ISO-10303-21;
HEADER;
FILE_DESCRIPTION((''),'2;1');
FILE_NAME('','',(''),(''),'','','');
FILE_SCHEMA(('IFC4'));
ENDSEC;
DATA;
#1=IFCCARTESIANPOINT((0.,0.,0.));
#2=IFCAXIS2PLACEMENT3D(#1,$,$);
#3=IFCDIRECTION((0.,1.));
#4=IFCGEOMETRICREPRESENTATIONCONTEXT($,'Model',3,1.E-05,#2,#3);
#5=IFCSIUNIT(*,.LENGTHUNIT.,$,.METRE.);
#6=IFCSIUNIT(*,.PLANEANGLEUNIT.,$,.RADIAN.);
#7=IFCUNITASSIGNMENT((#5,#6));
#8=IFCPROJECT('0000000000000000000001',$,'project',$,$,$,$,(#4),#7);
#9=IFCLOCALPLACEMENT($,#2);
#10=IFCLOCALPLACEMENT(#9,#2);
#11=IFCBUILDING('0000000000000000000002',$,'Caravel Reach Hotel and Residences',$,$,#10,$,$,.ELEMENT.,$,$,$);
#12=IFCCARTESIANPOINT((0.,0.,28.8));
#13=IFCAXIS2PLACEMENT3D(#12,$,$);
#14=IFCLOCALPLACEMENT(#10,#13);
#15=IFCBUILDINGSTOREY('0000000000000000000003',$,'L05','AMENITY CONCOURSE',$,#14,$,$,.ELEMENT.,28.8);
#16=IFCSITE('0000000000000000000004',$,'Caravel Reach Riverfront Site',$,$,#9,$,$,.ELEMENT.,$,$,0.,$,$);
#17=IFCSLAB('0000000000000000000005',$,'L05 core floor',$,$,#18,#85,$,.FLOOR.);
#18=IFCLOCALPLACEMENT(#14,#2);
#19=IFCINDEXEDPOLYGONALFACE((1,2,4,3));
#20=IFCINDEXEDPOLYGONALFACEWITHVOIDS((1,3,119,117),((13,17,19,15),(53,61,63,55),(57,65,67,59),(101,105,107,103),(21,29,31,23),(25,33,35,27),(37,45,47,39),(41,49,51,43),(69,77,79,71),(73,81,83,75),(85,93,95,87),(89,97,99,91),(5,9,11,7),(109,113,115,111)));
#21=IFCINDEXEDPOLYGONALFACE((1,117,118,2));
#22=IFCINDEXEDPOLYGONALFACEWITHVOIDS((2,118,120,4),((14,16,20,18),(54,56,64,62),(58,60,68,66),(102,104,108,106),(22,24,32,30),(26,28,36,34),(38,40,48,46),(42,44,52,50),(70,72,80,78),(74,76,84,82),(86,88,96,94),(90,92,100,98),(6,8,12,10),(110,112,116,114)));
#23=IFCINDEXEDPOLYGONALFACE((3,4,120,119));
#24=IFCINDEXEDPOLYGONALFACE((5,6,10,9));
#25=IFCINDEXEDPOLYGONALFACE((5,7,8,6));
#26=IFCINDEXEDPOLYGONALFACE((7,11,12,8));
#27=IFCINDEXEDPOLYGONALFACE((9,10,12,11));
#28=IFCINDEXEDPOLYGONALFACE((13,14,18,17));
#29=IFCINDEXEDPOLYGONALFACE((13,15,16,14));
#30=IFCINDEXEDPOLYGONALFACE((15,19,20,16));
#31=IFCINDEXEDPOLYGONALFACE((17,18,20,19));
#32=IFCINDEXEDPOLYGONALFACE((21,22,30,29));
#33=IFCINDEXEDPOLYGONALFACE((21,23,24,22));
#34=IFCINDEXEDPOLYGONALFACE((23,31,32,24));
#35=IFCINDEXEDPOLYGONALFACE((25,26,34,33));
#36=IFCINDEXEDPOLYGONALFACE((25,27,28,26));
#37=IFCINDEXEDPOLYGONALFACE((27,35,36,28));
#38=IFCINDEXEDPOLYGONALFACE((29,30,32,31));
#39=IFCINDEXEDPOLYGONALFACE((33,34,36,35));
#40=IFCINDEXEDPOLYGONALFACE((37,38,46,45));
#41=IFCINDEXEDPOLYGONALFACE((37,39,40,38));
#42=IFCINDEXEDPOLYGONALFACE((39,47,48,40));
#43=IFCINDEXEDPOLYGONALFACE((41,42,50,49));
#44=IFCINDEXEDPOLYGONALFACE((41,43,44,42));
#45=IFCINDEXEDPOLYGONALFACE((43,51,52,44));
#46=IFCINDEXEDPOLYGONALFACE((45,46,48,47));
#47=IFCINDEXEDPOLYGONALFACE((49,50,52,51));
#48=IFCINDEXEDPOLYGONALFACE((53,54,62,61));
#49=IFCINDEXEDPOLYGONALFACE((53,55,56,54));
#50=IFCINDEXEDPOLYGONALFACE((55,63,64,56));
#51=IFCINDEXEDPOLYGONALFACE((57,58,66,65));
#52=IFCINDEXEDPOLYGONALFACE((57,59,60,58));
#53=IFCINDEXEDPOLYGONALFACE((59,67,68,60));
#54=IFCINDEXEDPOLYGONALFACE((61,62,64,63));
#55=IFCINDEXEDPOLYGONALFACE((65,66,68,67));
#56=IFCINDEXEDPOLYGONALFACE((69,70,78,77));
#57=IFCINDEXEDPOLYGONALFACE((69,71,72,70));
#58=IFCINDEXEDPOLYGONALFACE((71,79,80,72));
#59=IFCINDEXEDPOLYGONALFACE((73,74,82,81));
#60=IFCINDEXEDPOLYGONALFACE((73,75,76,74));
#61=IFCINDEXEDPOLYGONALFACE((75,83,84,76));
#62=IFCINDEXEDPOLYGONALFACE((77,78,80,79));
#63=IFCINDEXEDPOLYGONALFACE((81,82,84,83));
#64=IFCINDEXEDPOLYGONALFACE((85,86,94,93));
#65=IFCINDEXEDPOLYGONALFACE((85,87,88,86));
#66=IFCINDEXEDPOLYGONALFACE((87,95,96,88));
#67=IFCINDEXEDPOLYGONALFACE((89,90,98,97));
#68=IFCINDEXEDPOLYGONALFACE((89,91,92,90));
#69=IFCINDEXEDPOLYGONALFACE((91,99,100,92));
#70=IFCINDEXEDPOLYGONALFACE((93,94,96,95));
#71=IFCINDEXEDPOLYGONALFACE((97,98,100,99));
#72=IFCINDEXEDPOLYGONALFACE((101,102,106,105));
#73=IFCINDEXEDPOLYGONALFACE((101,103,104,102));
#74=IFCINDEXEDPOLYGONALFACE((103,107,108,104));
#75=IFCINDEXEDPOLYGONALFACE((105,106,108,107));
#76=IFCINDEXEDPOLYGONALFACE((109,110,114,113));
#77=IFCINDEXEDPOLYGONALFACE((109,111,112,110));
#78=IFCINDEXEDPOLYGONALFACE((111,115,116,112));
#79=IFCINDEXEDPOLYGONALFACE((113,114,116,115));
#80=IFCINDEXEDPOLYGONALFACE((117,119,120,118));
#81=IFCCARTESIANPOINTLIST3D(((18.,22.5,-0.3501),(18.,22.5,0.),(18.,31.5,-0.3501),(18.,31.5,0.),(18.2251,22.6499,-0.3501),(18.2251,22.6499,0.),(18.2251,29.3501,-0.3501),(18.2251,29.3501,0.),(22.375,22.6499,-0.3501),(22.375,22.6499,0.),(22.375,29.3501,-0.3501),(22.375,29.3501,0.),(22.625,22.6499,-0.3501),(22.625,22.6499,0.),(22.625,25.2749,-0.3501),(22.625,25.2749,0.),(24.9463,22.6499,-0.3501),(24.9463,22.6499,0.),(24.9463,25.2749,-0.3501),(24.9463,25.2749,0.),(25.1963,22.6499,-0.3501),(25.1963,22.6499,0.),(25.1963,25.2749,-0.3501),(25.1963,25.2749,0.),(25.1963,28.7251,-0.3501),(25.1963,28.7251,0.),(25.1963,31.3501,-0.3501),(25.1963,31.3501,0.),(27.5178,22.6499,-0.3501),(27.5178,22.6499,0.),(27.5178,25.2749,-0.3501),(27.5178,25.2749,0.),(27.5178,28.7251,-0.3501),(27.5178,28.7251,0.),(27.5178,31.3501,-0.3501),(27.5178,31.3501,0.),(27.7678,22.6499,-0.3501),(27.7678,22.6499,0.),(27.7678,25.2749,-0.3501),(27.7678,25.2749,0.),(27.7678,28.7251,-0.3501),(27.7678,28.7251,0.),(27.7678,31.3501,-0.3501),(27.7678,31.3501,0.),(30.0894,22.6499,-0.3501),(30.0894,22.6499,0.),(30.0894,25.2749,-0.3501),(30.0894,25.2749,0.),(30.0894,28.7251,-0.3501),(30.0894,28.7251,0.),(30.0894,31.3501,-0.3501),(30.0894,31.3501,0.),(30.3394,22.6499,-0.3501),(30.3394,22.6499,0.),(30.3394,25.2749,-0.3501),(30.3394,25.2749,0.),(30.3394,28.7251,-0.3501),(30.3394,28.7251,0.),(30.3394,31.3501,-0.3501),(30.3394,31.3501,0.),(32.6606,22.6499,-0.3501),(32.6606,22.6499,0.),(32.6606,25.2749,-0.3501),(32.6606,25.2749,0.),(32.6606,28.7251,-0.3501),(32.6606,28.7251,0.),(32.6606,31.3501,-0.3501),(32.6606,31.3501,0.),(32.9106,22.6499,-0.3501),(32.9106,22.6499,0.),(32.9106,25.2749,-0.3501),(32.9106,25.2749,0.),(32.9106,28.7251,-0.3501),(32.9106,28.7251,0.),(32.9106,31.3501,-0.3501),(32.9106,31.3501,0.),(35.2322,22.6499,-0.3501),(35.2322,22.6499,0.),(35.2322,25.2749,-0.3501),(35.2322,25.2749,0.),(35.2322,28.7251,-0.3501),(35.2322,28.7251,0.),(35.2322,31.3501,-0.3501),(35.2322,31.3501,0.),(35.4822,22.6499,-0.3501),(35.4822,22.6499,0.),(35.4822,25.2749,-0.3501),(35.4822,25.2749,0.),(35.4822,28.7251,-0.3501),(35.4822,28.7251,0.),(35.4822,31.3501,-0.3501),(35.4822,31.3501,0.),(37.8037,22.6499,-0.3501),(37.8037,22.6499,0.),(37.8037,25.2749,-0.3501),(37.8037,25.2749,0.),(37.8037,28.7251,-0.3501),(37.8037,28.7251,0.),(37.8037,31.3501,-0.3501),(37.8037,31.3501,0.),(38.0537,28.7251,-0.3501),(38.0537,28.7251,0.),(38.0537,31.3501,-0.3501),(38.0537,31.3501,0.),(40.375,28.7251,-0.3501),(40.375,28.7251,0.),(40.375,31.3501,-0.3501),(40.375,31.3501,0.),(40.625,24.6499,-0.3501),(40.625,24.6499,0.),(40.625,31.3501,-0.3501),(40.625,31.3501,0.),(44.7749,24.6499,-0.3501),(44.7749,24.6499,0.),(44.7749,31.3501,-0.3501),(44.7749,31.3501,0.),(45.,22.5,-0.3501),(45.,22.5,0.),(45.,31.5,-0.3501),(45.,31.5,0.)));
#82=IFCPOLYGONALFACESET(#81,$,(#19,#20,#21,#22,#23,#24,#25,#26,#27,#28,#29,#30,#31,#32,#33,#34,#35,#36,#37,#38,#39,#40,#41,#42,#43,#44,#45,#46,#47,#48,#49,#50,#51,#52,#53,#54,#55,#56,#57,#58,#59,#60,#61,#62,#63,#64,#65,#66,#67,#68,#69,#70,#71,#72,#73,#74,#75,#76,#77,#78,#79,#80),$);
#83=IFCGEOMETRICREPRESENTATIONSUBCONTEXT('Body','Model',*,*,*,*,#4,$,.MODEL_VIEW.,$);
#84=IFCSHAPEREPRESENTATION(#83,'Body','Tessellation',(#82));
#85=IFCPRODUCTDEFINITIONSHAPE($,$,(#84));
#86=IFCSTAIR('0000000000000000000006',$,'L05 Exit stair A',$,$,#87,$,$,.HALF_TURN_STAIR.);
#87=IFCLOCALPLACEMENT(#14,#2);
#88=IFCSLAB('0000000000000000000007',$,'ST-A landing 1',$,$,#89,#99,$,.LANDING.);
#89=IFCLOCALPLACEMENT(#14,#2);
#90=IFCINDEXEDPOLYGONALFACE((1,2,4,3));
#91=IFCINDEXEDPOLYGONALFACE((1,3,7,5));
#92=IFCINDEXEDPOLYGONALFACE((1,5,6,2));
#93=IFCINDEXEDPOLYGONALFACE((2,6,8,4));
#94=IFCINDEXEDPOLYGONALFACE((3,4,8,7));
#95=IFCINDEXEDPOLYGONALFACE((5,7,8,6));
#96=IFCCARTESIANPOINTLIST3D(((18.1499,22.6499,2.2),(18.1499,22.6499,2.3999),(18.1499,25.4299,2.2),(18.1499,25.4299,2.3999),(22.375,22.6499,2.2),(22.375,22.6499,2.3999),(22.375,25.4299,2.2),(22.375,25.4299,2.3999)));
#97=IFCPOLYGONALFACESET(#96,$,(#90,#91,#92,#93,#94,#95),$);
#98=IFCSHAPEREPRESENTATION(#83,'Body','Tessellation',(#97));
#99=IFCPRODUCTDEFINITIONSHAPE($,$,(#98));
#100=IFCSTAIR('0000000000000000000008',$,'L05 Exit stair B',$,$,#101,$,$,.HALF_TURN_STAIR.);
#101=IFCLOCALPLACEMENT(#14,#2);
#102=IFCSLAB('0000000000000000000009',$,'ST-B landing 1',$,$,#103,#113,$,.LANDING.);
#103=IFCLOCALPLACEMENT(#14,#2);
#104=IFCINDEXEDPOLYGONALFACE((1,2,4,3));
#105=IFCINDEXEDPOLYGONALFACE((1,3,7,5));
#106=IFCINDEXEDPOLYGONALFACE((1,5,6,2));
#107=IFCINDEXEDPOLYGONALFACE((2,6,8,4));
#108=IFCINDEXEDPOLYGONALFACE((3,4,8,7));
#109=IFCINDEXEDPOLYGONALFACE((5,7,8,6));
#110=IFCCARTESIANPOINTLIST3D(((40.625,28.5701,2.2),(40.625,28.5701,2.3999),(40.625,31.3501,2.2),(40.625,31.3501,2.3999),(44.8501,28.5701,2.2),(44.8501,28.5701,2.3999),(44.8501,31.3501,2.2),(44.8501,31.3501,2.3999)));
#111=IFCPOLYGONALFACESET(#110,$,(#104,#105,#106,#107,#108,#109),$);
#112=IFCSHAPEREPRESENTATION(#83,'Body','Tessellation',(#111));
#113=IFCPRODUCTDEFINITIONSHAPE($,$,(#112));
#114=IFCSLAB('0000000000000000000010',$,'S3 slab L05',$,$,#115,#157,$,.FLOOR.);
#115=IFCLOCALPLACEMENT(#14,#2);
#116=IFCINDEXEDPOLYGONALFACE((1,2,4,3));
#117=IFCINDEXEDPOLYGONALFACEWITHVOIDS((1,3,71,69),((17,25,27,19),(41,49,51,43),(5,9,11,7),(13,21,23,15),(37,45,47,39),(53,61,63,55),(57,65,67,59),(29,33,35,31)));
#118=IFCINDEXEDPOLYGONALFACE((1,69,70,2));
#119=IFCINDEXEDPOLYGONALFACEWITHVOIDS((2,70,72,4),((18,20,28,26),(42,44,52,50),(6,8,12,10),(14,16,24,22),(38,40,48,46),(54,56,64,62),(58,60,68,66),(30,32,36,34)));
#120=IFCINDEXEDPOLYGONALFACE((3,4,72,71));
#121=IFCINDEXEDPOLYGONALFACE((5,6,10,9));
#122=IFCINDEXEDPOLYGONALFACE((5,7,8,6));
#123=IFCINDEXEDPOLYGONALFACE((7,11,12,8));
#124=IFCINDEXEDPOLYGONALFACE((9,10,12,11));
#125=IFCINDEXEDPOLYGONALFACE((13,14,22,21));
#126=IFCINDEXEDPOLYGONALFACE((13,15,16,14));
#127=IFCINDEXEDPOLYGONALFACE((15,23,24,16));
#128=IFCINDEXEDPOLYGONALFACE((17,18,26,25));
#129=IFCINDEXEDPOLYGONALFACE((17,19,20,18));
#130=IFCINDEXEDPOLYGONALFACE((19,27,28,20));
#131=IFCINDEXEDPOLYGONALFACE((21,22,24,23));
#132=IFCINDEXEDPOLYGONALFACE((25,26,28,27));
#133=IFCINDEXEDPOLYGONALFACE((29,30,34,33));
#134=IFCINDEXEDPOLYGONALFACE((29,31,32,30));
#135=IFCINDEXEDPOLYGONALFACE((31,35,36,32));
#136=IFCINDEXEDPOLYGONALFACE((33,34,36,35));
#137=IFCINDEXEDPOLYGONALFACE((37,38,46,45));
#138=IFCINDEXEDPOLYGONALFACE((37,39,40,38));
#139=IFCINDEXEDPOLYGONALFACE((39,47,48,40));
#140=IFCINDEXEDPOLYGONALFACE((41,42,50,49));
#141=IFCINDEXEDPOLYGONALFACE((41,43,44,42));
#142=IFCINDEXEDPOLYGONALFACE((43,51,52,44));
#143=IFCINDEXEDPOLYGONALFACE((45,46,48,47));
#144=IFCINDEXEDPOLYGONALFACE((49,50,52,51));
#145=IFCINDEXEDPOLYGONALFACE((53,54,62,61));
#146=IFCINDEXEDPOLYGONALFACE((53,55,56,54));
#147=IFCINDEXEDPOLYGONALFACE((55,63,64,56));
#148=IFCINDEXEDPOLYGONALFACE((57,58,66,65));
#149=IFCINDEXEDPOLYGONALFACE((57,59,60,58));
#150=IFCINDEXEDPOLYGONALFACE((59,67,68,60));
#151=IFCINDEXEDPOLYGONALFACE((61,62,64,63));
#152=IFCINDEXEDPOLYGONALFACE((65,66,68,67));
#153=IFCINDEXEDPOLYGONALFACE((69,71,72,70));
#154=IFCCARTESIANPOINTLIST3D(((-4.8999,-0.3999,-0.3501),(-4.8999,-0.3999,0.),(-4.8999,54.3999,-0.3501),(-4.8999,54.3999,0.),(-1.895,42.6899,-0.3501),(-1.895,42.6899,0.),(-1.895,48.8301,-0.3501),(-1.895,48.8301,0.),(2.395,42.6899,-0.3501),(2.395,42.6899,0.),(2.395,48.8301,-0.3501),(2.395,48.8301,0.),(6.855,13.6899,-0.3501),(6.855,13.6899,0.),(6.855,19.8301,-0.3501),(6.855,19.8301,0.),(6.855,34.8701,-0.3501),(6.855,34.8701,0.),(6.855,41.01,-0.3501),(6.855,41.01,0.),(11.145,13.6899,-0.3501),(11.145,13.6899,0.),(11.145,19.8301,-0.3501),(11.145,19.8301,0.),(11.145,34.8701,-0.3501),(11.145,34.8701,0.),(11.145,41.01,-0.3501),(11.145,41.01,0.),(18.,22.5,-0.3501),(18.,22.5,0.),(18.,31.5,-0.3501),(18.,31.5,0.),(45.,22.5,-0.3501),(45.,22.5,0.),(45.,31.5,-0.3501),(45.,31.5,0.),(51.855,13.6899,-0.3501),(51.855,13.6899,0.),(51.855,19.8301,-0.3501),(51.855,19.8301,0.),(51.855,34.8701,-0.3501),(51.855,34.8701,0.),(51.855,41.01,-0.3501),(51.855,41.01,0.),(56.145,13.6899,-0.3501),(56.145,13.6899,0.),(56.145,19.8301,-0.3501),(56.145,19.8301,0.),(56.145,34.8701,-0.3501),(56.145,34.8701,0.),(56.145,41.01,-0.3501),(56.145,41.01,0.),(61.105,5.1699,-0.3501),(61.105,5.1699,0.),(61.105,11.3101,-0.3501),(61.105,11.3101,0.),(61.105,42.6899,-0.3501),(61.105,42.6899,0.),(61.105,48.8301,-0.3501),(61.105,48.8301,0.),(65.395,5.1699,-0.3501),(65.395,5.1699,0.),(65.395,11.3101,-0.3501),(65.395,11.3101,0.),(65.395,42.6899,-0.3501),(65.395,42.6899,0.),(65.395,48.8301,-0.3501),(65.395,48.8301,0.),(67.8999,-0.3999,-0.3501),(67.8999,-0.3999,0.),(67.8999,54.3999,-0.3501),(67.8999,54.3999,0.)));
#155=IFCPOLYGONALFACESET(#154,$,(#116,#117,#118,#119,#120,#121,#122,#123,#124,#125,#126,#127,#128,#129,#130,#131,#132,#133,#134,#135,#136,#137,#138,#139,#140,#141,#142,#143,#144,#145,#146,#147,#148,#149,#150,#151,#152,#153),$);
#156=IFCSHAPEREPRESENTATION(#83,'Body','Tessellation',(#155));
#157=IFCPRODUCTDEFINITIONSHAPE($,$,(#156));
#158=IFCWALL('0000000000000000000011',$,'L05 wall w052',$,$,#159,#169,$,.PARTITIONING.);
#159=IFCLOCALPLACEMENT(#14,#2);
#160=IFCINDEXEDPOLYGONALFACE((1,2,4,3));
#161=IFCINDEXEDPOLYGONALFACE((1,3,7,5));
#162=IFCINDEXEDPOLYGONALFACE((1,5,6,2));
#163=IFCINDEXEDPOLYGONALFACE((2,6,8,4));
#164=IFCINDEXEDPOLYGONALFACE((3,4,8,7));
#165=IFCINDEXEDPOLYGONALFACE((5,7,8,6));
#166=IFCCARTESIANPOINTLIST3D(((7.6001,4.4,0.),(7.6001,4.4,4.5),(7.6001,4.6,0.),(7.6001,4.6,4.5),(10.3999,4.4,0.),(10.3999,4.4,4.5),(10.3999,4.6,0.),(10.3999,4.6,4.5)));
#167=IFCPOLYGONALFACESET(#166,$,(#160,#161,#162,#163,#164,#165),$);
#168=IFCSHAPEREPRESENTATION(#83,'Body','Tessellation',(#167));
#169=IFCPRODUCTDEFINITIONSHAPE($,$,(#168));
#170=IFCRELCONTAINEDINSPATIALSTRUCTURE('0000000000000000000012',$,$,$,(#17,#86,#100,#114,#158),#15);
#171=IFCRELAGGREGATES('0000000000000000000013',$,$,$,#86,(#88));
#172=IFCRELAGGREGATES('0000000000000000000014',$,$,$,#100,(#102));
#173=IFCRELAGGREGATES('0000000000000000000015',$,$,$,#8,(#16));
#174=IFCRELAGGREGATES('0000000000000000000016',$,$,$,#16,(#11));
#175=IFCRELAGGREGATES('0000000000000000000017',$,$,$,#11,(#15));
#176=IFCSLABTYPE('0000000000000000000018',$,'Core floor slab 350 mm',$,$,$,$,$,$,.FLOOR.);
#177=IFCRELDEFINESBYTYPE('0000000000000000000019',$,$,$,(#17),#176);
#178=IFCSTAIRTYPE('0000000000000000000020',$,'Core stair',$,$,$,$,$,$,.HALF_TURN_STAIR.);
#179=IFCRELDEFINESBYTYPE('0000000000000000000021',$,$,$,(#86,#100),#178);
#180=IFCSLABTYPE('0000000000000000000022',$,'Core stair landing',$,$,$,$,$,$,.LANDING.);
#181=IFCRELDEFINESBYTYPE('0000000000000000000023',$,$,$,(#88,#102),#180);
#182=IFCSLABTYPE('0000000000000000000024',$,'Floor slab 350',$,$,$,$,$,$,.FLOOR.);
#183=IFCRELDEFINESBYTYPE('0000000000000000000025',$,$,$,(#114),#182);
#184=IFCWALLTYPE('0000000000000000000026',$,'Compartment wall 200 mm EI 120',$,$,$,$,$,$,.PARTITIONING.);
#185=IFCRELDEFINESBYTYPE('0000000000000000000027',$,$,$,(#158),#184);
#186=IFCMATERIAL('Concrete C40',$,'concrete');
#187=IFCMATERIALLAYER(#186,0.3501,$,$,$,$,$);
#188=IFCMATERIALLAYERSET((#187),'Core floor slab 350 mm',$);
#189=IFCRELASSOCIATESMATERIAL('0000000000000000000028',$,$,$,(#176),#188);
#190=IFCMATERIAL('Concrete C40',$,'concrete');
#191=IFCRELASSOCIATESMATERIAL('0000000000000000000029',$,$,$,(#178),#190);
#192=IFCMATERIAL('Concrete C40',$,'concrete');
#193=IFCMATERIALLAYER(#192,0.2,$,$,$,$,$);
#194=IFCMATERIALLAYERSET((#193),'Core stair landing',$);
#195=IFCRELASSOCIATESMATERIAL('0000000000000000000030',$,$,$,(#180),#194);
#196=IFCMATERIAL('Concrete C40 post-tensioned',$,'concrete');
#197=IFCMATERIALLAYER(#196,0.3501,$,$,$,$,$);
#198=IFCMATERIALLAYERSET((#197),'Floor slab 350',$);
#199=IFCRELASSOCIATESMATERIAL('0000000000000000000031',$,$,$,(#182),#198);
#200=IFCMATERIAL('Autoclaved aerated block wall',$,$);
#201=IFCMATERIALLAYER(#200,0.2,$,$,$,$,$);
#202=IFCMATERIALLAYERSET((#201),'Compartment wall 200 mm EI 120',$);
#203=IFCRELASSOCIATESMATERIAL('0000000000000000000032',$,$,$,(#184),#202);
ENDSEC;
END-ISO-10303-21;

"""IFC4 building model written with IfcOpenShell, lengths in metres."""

from ifc_helpers import new_model, si_unit, direction, frame, frame_2d, origin, place, context, subcontext, project, spatial, polyline, rectangle, outline, extrude, material, layer, layer_set, type_object, element, aggregate, save


model = new_model("IFC4")

# Units and contexts
model_context = context("Model", 3, precision=1e-05, world=origin(), true_north=direction((0.0, 1.0)))
body_context = subcontext(model_context, "Body", "Model", "MODEL_VIEW")
ifc_project = project(units=[si_unit("LENGTHUNIT", "METRE"), si_unit("PLANEANGLEUNIT", "RADIAN")], contexts=[model_context])

# Site, building, storey
site_placement = place(None, origin())
site = spatial("IfcSite", under=ifc_project, at=site_placement, Name="Caravel Reach Riverfront Site", CompositionType="ELEMENT", RefElevation=0.0)
building_placement = place(site_placement, origin())
building = spatial("IfcBuilding", under=site, at=building_placement, Name="Caravel Reach Hotel and Residences", CompositionType="ELEMENT")
storey_placement = place(building_placement, frame((0.0, 0.0, 28.8)))
storey = spatial("IfcBuildingStorey", under=building, at=storey_placement, Name="L05", Description="AMENITY CONCOURSE", CompositionType="ELEMENT", Elevation=28.8)

# Slab
ifc_material_1 = material(Name="Concrete C40", Category="concrete")
ifc_layer_1 = layer(ifc_material_1, 0.3501)
ifc_layer_set_1 = layer_set([ifc_layer_1], Name="Core floor slab 350 mm")
slab_type_1 = type_object("IfcSlabType", Name="Core floor slab 350 mm", PredefinedType="FLOOR", material=ifc_layer_set_1)
slab_1_placement = place(storey_placement, frame((0.0, 0.0, -0.3501)))
element("IfcSlab", 1, at=slab_1_placement, inside=storey, type_object=slab_type_1, Name="L05 core floor", PredefinedType="FLOOR", context=body_context, shape_type="SweptSolid", body=[
    extrude(outline(polyline([(18.0, 31.5), (45.0, 31.5), (45.0, 22.5), (18.0, 22.5), (18.0, 31.5)]), holes=[polyline([(22.625, 25.2749), (22.625, 22.6499), (24.9463, 22.6499), (24.9463, 25.2749), (22.625, 25.2749)]), polyline([(27.5178, 25.2749), (25.1963, 25.2749), (25.1963, 22.6499), (27.5178, 22.6499), (27.5178, 25.2749)]), polyline([(30.0894, 25.2749), (27.7678, 25.2749), (27.7678, 22.6499), (30.0894, 22.6499), (30.0894, 25.2749)]), polyline([(32.6606, 25.2749), (30.3394, 25.2749), (30.3394, 22.6499), (32.6606, 22.6499), (32.6606, 25.2749)]), polyline([(18.2251, 22.6499), (22.375, 22.6499), (22.375, 29.3501), (18.2251, 29.3501), (18.2251, 22.6499)]), polyline([(27.5178, 31.3501), (25.1963, 31.3501), (25.1963, 28.7251), (27.5178, 28.7251), (27.5178, 31.3501)]), polyline([(30.0894, 31.3501), (27.7678, 31.3501), (27.7678, 28.7251), (30.0894, 28.7251), (30.0894, 31.3501)]), polyline([(32.9106, 25.2749), (32.9106, 22.6499), (35.2322, 22.6499), (35.2322, 25.2749), (32.9106, 25.2749)]), polyline([(37.8037, 25.2749), (35.4822, 25.2749), (35.4822, 22.6499), (37.8037, 22.6499), (37.8037, 25.2749)]), polyline([(44.7749, 31.3501), (40.625, 31.3501), (40.625, 24.6499), (44.7749, 24.6499), (44.7749, 31.3501)]), polyline([(32.6606, 31.3501), (30.3394, 31.3501), (30.3394, 28.7251), (32.6606, 28.7251), (32.6606, 31.3501)]), polyline([(35.2322, 31.3501), (32.9106, 31.3501), (32.9106, 28.7251), (35.2322, 28.7251), (35.2322, 31.3501)]), polyline([(37.8037, 31.3501), (35.4822, 31.3501), (35.4822, 28.7251), (37.8037, 28.7251), (37.8037, 31.3501)]), polyline([(40.375, 31.3501), (38.0537, 31.3501), (38.0537, 28.7251), (40.375, 28.7251), (40.375, 31.3501)])]), origin(), (0.0, 0.0, 1.0), 0.3501),
])

# Stairs, slabs
ifc_material_2 = material(Name="Concrete C40", Category="concrete")
stair_type = type_object("IfcStairType", Name="Core stair", PredefinedType="HALF_TURN_STAIR", material=ifc_material_2)
stair_1_placement = place(storey_placement, origin())
stair_1 = element("IfcStair", 2, at=stair_1_placement, inside=storey, type_object=stair_type, Name="L05 Exit stair A", PredefinedType="HALF_TURN_STAIR")
ifc_material_3 = material(Name="Concrete C40", Category="concrete")
ifc_layer_2 = layer(ifc_material_3, 0.2)
ifc_layer_set_2 = layer_set([ifc_layer_2], Name="Core stair landing")
slab_type_2 = type_object("IfcSlabType", Name="Core stair landing", PredefinedType="LANDING", material=ifc_layer_set_2)
slab_2_placement = place(storey_placement, frame((0.0, 0.0, 2.2)))
slab_2 = element("IfcSlab", 3, at=slab_2_placement, type_object=slab_type_2, Name="ST-A landing 1", PredefinedType="LANDING", context=body_context, shape_type="SweptSolid", body=[
    extrude(outline(polyline([(18.1499, 25.4299), (18.1499, 22.6499), (22.375, 22.6499), (22.375, 25.4299), (18.1499, 25.4299)])), origin(), (0.0, 0.0, 1.0), 0.2),
])
aggregate(stair_1, [slab_2])
stair_2_placement = place(storey_placement, origin())
stair_2 = element("IfcStair", 4, at=stair_2_placement, inside=storey, type_object=stair_type, Name="L05 Exit stair B", PredefinedType="HALF_TURN_STAIR")
slab_3_placement = place(storey_placement, frame((0.0, 0.0, 2.2)))
slab_3 = element("IfcSlab", 5, at=slab_3_placement, type_object=slab_type_2, Name="ST-B landing 1", PredefinedType="LANDING", context=body_context, shape_type="SweptSolid", body=[
    extrude(outline(polyline([(44.8501, 28.5701), (44.8501, 31.3501), (40.625, 31.3501), (40.625, 28.5701), (44.8501, 28.5701)])), origin(), (0.0, 0.0, 1.0), 0.2),
])
aggregate(stair_2, [slab_3])

# Slab
ifc_material_4 = material(Name="Concrete C40 post-tensioned", Category="concrete")
ifc_layer_3 = layer(ifc_material_4, 0.3501)
ifc_layer_set_3 = layer_set([ifc_layer_3], Name="Floor slab 350")
slab_type_3 = type_object("IfcSlabType", Name="Floor slab 350", PredefinedType="FLOOR", material=ifc_layer_set_3)
slab_4_placement = place(storey_placement, frame((0.0, 0.0, -0.3501)))
element("IfcSlab", 6, at=slab_4_placement, inside=storey, type_object=slab_type_3, Name="S3 slab L05", PredefinedType="FLOOR", context=body_context, shape_type="SweptSolid", body=[
    extrude(outline(polyline([(-4.8999, -0.3999), (-4.8999, 54.3999), (67.8999, 54.3999), (67.8999, -0.3999), (-4.8999, -0.3999)]), holes=[polyline([(45.0, 22.5), (45.0, 31.5), (18.0, 31.5), (18.0, 22.5), (45.0, 22.5)]), polyline([(11.145, 41.01), (6.855, 41.01), (6.855, 34.8701), (11.145, 34.8701), (11.145, 41.01)]), polyline([(56.145, 34.8701), (56.145, 41.01), (51.855, 41.01), (51.855, 34.8701), (56.145, 34.8701)]), polyline([(11.145, 19.8301), (6.855, 19.8301), (6.855, 13.6899), (11.145, 13.6899), (11.145, 19.8301)]), polyline([(56.145, 13.6899), (56.145, 19.8301), (51.855, 19.8301), (51.855, 13.6899), (56.145, 13.6899)]), polyline([(-1.895, 42.6899), (2.395, 42.6899), (2.395, 48.8301), (-1.895, 48.8301), (-1.895, 42.6899)]), polyline([(61.105, 48.8301), (61.105, 42.6899), (65.395, 42.6899), (65.395, 48.8301), (61.105, 48.8301)]), polyline([(61.105, 5.1699), (65.395, 5.1699), (65.395, 11.3101), (61.105, 11.3101), (61.105, 5.1699)])]), origin(), (0.0, 0.0, 1.0), 0.3501),
])

# Wall
ifc_material_5 = material(Name="Autoclaved aerated block wall")
ifc_layer_4 = layer(ifc_material_5, 0.2)
ifc_layer_set_4 = layer_set([ifc_layer_4], Name="Compartment wall 200 mm EI 120")
wall_type_1 = type_object("IfcWallType", Name="Compartment wall 200 mm EI 120", PredefinedType="PARTITIONING", material=ifc_layer_set_4)
wall_1_placement = place(storey_placement, frame((7.6001, 4.5, 0.0), z_axis=(0.0, 0.0, 1.0), x_axis=(1.0, 0.0, 0.0)))
element("IfcWall", 7, at=wall_1_placement, inside=storey, type_object=wall_type_1, Name="L05 wall w052", PredefinedType="PARTITIONING", context=body_context, shape_type="SweptSolid", body=[
    extrude(rectangle(XDim=2.7998, YDim=0.2, at=frame_2d((1.3999, 0.0))), origin(), (0.0, 0.0, 1.0), 4.5),
])

save(model, "model.ifc")
